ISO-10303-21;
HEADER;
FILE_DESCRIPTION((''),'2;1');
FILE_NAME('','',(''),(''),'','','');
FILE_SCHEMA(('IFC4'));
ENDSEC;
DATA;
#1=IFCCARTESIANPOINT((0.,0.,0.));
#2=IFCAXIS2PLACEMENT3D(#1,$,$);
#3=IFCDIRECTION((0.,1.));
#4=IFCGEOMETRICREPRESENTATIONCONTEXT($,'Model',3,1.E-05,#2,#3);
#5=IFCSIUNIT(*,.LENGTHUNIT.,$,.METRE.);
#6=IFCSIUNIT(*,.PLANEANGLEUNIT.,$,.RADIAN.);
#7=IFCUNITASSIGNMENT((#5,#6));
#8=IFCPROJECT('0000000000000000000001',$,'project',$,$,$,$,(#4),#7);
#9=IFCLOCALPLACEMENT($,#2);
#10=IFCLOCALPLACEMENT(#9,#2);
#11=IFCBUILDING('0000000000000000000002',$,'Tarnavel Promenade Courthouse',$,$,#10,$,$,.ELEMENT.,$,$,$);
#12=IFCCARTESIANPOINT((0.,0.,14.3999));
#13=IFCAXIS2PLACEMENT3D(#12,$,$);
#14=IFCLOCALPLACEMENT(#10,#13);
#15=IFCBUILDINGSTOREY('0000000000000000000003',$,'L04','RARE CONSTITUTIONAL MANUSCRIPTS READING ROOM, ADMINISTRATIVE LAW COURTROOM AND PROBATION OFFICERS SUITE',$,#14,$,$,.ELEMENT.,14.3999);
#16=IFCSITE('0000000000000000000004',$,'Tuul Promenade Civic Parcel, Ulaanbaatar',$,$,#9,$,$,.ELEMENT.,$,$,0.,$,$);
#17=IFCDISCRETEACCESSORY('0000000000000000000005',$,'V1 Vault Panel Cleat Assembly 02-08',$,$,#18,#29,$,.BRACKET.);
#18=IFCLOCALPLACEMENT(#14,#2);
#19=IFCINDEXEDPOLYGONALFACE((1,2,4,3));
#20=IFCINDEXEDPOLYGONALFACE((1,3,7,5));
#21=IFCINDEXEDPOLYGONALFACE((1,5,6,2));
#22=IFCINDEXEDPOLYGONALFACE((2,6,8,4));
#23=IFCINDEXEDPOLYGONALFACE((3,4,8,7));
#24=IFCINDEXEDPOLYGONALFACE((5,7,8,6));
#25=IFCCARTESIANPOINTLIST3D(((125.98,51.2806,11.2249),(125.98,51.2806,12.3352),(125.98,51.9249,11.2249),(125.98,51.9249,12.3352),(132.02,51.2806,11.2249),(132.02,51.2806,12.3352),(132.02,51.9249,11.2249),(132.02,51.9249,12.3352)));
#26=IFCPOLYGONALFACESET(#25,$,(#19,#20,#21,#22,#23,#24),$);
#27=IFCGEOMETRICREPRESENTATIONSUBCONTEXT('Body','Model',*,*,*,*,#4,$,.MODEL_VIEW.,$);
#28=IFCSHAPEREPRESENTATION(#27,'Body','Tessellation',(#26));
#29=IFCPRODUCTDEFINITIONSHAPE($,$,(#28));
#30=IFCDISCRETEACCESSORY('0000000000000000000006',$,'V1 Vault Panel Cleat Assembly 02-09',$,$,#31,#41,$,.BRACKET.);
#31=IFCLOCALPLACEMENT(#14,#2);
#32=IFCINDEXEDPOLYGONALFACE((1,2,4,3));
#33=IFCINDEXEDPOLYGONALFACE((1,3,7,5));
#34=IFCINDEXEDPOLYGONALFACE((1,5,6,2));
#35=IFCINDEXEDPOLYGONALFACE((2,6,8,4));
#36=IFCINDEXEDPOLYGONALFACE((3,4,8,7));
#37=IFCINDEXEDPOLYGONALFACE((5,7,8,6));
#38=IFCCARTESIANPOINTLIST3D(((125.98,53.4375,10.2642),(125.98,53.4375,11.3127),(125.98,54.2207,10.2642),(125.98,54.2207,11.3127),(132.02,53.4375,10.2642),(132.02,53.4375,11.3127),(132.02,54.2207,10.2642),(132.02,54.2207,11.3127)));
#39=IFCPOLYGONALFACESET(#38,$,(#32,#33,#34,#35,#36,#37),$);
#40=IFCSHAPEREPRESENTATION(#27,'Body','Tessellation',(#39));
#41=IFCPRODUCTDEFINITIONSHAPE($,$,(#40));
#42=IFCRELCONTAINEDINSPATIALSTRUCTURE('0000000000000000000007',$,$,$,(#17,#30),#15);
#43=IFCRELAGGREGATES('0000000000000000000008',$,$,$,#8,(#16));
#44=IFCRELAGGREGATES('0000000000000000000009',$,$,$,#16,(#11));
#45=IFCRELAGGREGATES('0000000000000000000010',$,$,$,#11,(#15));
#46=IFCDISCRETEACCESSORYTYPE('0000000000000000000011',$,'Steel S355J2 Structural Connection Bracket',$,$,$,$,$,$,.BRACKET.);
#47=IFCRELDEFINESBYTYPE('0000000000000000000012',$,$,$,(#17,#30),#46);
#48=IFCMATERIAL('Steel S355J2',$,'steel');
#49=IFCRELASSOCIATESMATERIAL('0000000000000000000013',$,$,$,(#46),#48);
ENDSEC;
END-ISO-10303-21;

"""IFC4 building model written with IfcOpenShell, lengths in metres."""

from ifc_helpers import new_model, si_unit, direction, frame, origin, origin_2d, place, context, subcontext, project, spatial, rectangle, extrude, material, type_object, element, save


model = new_model("IFC4")

# Units and contexts
model_context = context("Model", 3, precision=1e-05, world=origin(), true_north=direction((0.0, 1.0)))
body_context = subcontext(model_context, "Body", "Model", "MODEL_VIEW")
ifc_project = project(units=[si_unit("LENGTHUNIT", "METRE"), si_unit("PLANEANGLEUNIT", "RADIAN")], contexts=[model_context])

# Site, building, storey
site_placement = place(None, origin())
site = spatial("IfcSite", under=ifc_project, at=site_placement, Name="Tuul Promenade Civic Parcel, Ulaanbaatar", CompositionType="ELEMENT", RefElevation=0.0)
building_placement = place(site_placement, origin())
building = spatial("IfcBuilding", under=site, at=building_placement, Name="Tarnavel Promenade Courthouse", CompositionType="ELEMENT")
storey_placement = place(building_placement, frame((0.0, 0.0, 14.3999)))
storey = spatial("IfcBuildingStorey", under=building, at=storey_placement, Name="L04", Description="RARE CONSTITUTIONAL MANUSCRIPTS READING ROOM, ADMINISTRATIVE LAW COURTROOM AND PROBATION OFFICERS SUITE", CompositionType="ELEMENT", Elevation=14.3999)

# Shared definitions
ifc_material_1 = material(Name="Steel S355J2", Category="steel")

# Discrete accessories
discrete_accessory_type = type_object("IfcDiscreteAccessoryType", Name="Steel S355J2 Structural Connection Bracket", PredefinedType="BRACKET", material=ifc_material_1)
discrete_accessory_1_placement = place(storey_placement, frame((129.0, 51.6028, 11.2249), z_axis=(0.0, 0.0, 1.0), x_axis=(1.0, 0.0, 0.0)))
element("IfcDiscreteAccessory", 1, at=discrete_accessory_1_placement, inside=storey, type_object=discrete_accessory_type, Name="V1 Vault Panel Cleat Assembly 02-08", PredefinedType="BRACKET", context=body_context, shape_type="SweptSolid", body=[
    extrude(rectangle(XDim=6.04, YDim=0.6443, at=origin_2d()), origin(), (0.0, 0.0, 1.0), 1.1104),
])
discrete_accessory_2_placement = place(storey_placement, frame((129.0, 53.8291, 10.2642), z_axis=(0.0, 0.0, 1.0), x_axis=(1.0, 0.0, 0.0)))
element("IfcDiscreteAccessory", 2, at=discrete_accessory_2_placement, inside=storey, type_object=discrete_accessory_type, Name="V1 Vault Panel Cleat Assembly 02-09", PredefinedType="BRACKET", context=body_context, shape_type="SweptSolid", body=[
    extrude(rectangle(XDim=6.04, YDim=0.7832, at=origin_2d()), origin(), (0.0, 0.0, 1.0), 1.0486),
])

save(model, "model.ifc")
